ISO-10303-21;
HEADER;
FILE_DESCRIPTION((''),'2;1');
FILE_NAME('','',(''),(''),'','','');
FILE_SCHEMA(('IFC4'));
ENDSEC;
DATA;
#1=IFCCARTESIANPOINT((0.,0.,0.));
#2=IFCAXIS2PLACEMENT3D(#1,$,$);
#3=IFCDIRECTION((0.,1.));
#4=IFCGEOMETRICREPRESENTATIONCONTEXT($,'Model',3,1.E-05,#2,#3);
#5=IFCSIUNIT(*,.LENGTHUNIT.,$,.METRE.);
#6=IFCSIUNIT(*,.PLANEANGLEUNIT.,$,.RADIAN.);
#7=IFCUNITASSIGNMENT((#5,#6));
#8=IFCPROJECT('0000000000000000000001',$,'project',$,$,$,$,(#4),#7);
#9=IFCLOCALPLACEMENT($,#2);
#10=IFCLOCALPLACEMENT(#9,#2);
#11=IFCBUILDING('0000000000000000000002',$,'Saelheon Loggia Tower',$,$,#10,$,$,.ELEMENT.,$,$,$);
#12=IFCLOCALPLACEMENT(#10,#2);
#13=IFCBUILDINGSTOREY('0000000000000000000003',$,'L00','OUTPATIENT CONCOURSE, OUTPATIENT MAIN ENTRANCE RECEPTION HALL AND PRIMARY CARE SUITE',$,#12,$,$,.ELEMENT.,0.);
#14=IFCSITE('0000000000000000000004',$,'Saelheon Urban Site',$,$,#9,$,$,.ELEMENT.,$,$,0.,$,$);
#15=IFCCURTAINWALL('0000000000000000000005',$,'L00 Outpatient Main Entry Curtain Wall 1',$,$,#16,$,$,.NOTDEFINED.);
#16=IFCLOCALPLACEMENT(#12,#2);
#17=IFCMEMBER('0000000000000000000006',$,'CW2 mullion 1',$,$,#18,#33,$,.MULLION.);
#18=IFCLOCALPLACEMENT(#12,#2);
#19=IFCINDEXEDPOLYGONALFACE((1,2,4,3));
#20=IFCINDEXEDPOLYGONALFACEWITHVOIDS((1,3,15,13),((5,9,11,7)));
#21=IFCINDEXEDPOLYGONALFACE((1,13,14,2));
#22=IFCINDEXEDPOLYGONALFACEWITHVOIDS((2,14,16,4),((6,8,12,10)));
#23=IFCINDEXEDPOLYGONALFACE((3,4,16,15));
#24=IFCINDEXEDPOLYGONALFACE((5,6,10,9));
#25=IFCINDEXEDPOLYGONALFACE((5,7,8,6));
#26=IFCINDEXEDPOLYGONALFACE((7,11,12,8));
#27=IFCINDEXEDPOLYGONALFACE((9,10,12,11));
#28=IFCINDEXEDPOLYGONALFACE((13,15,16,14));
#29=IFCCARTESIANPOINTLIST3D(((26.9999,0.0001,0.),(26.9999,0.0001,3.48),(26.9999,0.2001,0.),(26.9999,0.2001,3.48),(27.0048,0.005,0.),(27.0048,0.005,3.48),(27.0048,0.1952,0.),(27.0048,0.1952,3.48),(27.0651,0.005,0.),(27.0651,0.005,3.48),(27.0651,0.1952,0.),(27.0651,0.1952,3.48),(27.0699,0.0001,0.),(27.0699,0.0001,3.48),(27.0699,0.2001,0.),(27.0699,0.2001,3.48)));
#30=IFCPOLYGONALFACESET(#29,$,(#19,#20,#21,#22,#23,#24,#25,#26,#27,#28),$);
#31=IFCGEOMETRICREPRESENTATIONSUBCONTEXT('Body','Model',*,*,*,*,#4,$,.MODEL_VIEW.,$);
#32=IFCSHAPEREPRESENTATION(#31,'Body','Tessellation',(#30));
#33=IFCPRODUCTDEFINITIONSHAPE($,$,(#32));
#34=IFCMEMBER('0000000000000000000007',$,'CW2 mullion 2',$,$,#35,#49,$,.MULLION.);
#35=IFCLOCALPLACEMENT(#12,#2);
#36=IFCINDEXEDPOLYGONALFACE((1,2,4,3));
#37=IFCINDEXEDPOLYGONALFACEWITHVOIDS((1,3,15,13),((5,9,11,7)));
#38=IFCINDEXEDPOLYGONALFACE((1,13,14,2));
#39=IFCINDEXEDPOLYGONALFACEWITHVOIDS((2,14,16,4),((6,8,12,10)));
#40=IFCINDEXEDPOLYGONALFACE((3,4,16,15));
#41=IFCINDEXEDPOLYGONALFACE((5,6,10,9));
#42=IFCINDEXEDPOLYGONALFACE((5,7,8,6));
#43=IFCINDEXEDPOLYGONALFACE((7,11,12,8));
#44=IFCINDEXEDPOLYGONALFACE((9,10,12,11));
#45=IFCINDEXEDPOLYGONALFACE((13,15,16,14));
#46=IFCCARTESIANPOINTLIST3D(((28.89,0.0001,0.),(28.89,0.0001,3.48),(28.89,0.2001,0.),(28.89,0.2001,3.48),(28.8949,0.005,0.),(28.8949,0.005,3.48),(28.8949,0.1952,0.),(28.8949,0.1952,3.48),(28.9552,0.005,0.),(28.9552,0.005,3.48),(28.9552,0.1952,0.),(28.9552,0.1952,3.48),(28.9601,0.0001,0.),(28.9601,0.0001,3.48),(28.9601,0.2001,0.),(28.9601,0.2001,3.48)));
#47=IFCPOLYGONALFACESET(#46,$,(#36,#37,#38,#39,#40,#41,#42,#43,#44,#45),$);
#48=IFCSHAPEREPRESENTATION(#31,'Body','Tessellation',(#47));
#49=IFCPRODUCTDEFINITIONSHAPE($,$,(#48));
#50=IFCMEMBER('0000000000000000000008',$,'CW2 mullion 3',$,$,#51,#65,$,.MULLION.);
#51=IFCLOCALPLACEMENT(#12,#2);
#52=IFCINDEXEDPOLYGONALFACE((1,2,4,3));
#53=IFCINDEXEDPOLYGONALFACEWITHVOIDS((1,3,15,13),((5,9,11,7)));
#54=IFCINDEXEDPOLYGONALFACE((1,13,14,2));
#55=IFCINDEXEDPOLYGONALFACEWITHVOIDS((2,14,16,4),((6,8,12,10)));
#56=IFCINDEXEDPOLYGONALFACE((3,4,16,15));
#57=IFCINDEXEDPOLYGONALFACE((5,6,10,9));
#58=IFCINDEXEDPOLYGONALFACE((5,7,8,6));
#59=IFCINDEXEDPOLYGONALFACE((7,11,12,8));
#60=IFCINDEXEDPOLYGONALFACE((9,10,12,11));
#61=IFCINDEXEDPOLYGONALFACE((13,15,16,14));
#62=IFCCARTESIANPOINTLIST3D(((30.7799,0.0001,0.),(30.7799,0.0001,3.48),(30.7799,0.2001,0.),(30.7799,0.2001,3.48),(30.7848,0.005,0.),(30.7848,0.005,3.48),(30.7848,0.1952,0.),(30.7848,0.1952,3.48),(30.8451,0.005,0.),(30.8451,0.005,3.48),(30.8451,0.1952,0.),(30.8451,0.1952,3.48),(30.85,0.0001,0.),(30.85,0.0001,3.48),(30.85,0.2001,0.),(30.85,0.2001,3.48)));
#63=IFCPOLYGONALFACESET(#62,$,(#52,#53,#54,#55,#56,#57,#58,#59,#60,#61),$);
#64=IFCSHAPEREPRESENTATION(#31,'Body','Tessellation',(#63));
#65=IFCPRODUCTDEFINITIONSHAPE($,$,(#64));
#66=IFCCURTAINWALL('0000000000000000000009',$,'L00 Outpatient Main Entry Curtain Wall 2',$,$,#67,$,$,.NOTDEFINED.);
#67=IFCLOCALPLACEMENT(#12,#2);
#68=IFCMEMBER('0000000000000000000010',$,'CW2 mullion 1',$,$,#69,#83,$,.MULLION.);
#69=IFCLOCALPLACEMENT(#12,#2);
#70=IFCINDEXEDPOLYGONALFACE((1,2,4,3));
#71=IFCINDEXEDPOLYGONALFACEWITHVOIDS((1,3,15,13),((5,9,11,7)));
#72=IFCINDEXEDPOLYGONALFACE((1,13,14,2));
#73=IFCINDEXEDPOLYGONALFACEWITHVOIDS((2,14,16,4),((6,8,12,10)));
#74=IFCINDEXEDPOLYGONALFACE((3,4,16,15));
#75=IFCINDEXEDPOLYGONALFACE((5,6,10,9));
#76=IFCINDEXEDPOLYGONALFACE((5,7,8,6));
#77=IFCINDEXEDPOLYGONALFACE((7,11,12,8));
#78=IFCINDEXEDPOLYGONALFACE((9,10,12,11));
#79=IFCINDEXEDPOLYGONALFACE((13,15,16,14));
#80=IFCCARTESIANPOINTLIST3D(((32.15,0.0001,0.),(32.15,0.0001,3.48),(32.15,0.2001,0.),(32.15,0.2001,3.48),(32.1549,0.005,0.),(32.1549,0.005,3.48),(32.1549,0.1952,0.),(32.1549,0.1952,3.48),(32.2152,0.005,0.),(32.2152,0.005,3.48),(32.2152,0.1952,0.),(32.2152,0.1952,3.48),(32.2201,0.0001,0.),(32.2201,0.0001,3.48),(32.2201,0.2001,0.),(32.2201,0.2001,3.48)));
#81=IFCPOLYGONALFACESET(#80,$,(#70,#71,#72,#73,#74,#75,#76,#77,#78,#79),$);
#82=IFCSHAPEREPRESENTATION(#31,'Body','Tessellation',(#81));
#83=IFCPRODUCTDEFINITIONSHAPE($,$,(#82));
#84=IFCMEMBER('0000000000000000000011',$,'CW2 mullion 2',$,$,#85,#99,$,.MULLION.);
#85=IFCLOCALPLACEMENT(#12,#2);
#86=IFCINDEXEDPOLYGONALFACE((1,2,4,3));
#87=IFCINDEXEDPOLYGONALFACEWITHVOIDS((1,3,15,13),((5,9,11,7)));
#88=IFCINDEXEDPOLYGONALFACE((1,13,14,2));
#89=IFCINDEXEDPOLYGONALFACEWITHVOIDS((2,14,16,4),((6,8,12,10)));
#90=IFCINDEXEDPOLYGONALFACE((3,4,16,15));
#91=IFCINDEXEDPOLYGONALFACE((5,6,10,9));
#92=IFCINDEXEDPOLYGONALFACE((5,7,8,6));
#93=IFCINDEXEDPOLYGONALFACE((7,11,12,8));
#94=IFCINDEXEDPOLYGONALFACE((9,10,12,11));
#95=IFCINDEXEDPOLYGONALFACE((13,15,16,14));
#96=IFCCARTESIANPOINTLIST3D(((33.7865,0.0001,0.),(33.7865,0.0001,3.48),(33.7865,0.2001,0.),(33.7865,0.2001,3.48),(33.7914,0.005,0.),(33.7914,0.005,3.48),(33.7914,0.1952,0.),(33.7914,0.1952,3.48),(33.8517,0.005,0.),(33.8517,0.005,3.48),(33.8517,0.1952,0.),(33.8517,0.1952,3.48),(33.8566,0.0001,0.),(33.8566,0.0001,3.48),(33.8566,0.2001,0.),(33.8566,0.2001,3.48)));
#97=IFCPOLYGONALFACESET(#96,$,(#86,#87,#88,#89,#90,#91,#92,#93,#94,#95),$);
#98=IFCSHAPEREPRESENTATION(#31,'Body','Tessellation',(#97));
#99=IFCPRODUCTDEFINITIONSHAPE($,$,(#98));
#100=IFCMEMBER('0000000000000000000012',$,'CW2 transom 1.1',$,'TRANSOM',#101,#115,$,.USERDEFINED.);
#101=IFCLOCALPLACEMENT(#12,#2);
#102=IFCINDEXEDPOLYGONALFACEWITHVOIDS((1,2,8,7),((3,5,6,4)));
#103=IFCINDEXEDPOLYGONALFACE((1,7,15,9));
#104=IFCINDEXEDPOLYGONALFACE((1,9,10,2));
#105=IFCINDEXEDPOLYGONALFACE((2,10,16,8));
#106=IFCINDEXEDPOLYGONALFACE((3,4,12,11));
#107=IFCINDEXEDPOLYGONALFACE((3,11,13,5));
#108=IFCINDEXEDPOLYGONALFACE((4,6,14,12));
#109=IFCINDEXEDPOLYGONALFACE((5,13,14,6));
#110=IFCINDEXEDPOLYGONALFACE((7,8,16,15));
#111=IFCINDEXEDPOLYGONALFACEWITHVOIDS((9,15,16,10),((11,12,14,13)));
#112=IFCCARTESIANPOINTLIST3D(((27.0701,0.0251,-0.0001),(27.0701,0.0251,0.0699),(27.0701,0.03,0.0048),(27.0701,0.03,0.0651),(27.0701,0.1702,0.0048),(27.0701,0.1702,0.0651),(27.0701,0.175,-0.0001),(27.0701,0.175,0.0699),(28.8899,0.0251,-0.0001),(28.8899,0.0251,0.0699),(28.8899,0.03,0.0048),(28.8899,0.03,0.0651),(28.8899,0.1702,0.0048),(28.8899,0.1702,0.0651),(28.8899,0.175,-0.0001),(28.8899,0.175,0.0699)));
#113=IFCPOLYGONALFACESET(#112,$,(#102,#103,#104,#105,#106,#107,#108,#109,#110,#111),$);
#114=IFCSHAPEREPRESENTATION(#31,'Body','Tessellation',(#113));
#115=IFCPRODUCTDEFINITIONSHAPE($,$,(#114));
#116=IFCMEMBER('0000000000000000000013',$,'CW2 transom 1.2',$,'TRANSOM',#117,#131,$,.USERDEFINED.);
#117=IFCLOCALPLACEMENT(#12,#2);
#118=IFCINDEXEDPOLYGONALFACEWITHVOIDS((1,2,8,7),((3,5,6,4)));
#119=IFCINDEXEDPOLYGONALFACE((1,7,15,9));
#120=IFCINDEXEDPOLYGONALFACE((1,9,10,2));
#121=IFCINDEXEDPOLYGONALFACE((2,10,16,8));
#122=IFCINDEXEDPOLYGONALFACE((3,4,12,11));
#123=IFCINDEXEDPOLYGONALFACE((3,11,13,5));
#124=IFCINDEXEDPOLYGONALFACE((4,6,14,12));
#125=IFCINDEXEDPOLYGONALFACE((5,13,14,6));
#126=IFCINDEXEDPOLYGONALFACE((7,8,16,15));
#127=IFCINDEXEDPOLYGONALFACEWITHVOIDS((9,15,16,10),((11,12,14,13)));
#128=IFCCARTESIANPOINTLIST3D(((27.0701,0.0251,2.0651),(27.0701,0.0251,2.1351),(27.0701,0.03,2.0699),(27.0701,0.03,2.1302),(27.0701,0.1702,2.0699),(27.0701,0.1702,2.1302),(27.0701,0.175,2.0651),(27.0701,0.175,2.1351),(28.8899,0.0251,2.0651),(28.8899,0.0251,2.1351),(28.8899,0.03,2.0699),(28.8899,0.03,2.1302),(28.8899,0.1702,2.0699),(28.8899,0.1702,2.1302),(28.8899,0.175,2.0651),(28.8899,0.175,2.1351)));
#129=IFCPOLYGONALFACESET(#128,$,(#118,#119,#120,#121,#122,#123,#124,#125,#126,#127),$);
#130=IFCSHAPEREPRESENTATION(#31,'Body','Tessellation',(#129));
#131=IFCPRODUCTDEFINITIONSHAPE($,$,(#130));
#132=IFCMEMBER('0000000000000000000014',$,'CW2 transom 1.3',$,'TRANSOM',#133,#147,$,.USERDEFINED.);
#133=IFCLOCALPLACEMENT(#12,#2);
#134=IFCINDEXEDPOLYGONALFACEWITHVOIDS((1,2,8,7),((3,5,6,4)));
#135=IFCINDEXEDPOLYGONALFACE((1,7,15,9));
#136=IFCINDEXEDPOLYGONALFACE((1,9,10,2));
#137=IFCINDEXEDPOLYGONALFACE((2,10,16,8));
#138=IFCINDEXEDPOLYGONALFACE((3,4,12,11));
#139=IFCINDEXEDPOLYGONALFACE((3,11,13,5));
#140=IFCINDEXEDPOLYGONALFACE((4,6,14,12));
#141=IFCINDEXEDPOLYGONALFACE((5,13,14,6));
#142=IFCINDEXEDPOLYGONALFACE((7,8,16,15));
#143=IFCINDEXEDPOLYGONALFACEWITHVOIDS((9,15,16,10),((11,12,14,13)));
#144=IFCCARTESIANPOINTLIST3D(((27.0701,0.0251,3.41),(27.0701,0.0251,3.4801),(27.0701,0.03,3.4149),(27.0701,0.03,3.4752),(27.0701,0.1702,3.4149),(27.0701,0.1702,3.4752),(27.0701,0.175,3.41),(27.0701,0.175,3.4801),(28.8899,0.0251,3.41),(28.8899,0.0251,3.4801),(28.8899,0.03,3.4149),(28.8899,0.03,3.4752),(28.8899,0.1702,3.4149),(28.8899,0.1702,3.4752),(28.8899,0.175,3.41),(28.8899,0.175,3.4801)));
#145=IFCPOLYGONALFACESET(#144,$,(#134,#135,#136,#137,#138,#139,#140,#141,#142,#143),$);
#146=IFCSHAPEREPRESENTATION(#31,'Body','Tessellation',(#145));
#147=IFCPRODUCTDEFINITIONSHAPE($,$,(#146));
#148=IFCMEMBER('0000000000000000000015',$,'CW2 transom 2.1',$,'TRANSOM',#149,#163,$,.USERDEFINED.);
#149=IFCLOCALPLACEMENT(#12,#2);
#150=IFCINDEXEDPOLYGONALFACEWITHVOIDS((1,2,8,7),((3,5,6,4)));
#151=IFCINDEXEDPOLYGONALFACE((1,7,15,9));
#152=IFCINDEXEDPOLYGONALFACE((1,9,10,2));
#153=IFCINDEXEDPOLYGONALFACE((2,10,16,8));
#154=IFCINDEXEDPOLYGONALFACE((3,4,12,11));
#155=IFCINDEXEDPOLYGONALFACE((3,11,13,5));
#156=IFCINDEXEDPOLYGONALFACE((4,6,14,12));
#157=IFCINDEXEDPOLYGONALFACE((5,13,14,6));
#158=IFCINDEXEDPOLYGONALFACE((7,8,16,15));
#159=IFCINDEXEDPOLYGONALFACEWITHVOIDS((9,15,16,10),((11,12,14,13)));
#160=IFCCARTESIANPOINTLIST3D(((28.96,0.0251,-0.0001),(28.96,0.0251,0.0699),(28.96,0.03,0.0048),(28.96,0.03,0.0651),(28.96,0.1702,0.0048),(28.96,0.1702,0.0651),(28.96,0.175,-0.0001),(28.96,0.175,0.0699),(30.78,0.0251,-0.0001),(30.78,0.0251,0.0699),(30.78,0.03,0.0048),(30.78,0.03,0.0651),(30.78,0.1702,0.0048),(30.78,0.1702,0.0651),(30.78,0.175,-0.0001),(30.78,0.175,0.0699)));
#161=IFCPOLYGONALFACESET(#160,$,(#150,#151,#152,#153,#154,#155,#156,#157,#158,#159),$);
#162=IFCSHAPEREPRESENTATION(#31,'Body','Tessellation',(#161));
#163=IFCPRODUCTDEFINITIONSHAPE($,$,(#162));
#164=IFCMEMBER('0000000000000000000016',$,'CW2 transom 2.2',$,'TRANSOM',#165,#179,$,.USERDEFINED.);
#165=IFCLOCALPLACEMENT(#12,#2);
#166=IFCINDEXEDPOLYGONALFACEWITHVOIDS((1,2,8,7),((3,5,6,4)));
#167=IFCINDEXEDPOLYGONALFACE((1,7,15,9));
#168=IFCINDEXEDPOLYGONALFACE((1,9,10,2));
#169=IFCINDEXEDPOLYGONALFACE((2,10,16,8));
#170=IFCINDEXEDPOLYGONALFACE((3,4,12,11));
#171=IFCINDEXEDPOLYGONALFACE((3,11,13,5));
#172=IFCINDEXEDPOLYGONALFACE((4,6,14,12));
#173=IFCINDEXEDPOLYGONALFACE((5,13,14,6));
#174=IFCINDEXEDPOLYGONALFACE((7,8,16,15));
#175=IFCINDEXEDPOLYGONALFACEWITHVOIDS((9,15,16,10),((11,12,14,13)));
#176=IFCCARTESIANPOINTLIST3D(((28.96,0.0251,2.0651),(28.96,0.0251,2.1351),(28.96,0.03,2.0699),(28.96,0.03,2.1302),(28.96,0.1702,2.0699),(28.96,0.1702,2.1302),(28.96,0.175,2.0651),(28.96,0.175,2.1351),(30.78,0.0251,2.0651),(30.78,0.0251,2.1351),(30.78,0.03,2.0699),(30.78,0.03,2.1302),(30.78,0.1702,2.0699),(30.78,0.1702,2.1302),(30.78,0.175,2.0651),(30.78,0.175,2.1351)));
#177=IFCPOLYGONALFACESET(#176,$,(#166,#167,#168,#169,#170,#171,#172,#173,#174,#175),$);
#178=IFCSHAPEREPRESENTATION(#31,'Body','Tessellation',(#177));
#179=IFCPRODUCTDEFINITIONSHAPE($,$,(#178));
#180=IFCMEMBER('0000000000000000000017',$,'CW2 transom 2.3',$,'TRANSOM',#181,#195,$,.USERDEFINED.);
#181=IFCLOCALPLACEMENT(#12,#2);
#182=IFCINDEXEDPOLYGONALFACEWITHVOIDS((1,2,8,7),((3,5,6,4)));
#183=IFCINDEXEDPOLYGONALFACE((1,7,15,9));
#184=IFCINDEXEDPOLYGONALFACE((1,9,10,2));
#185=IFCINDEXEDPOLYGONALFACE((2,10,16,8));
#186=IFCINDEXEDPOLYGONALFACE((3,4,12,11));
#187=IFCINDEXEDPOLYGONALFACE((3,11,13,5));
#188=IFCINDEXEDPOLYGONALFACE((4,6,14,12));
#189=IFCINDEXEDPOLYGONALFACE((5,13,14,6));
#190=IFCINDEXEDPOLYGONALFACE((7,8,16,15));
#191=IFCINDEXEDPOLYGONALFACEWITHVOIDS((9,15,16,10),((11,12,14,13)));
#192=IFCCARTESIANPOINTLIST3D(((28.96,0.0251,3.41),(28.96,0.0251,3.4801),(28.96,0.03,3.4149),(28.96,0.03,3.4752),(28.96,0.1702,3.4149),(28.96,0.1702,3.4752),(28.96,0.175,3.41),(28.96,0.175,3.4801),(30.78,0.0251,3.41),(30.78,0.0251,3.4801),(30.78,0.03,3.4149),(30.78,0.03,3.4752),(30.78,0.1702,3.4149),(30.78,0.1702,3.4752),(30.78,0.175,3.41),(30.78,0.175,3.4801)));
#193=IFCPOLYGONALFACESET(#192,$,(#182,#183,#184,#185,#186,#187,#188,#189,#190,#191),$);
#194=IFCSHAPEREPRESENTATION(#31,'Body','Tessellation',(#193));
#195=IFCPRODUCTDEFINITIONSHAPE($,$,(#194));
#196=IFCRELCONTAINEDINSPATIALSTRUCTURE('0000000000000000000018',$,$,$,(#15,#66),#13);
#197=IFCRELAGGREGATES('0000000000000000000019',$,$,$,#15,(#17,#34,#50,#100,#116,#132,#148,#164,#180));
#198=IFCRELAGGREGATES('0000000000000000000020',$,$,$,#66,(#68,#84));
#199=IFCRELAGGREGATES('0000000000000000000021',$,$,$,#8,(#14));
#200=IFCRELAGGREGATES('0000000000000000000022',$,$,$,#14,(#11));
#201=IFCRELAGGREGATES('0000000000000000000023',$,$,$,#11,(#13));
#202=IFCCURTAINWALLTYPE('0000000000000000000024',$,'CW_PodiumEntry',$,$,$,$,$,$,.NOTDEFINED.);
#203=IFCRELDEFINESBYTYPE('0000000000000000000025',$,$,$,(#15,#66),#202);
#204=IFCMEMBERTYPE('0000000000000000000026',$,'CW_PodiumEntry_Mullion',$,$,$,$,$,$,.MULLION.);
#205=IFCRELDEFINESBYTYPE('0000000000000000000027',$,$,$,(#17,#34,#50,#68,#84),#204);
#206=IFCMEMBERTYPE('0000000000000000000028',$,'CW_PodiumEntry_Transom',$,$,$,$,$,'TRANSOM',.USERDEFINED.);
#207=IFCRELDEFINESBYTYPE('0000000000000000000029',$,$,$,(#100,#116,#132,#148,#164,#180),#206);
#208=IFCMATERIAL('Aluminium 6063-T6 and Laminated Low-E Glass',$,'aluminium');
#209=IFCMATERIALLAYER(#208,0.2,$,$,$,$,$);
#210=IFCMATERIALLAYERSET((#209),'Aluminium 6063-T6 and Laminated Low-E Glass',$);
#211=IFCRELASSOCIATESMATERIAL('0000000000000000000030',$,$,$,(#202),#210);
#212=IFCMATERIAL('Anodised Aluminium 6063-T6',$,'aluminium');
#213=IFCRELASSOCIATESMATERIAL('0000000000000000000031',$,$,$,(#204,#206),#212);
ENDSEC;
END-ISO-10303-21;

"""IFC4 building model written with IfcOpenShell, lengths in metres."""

from ifc_helpers import new_model, si_unit, direction, frame, origin, origin_2d, place, context, subcontext, project, spatial, hollow_rectangle, extrude, source, transform, mapped, material, layer, layer_set, material_profile, profile_set, type_object, element, aggregate, save


model = new_model("IFC4")

# Units and contexts
model_context = context("Model", 3, precision=1e-05, world=origin(), true_north=direction((0.0, 1.0)))
body_context = subcontext(model_context, "Body", "Model", "MODEL_VIEW")
ifc_project = project(units=[si_unit("LENGTHUNIT", "METRE"), si_unit("PLANEANGLEUNIT", "RADIAN")], contexts=[model_context])

# Site, building, storey
site_placement = place(None, origin())
site = spatial("IfcSite", under=ifc_project, at=site_placement, Name="Saelheon Urban Site", CompositionType="ELEMENT", RefElevation=0.0)
building_placement = place(site_placement, origin())
building = spatial("IfcBuilding", under=site, at=building_placement, Name="Saelheon Loggia Tower", CompositionType="ELEMENT")
storey_placement = place(building_placement, origin())
storey = spatial("IfcBuildingStorey", under=building, at=storey_placement, Name="L00", Description="OUTPATIENT CONCOURSE, OUTPATIENT MAIN ENTRANCE RECEPTION HALL AND PRIMARY CARE SUITE", CompositionType="ELEMENT", Elevation=0.0)

# Curtain walls, members
ifc_material_1 = material(Name="Aluminium 6063-T6 and Laminated Low-E Glass", Category="aluminium")
ifc_layer_1 = layer(ifc_material_1, 0.2)
ifc_layer_set_1 = layer_set([ifc_layer_1], Name="Aluminium 6063-T6 and Laminated Low-E Glass")
curtain_wall_type = type_object("IfcCurtainWallType", Name="CW_PodiumEntry", PredefinedType="NOTDEFINED", material=ifc_layer_set_1)
curtain_wall_1_placement = place(storey_placement, origin())
curtain_wall_1 = element("IfcCurtainWall", 1, at=curtain_wall_1_placement, inside=storey, type_object=curtain_wall_type, Name="L00 Outpatient Main Entry Curtain Wall 1", PredefinedType="NOTDEFINED")
ifc_material_2 = material(Name="Anodised Aluminium 6063-T6", Category="aluminium")
ifc_material_profile_1 = material_profile(ifc_material_2, hollow_rectangle(XDim=0.0701, YDim=0.2, WallThickness=0.0049, at=origin_2d()), Name="RHS-200x70x5")
ifc_profile_set_1 = profile_set([ifc_material_profile_1], Name="Anodised Aluminium 6063-T6")
member_type_1 = type_object("IfcMemberType", Name="CW_PodiumEntry_Mullion", PredefinedType="MULLION", material=ifc_profile_set_1)
shared_shape_1 = source(origin(), body_context, "Body", "SweptSolid", [
    extrude(hollow_rectangle(XDim=0.0701, YDim=0.2, WallThickness=0.0049, at=origin_2d()), origin(), (0.0, 0.0, 1.0), 3.48),
])
member_1_placement = place(storey_placement, frame((27.0349, 0.1001, 0.0), z_axis=(0.0, 0.0, 1.0), x_axis=(1.0, 0.0, 0.0)))
member_1 = element("IfcMember", 2, at=member_1_placement, type_object=member_type_1, Name="CW2 mullion 1", PredefinedType="MULLION", context=body_context, shape_type="MappedRepresentation", body=[
    mapped(shared_shape_1, transform((0.0, 0.0, 0.0), scale=1.0)),
])
member_2_placement = place(storey_placement, frame((28.925, 0.1001, 0.0), z_axis=(0.0, 0.0, 1.0), x_axis=(1.0, 0.0, 0.0)))
member_2 = element("IfcMember", 3, at=member_2_placement, type_object=member_type_1, Name="CW2 mullion 2", PredefinedType="MULLION", context=body_context, shape_type="MappedRepresentation", body=[
    mapped(shared_shape_1, transform((0.0, 0.0, 0.0), scale=1.0)),
])
member_3_placement = place(storey_placement, frame((30.8149, 0.1001, 0.0), z_axis=(0.0, 0.0, 1.0), x_axis=(1.0, 0.0, 0.0)))
member_3 = element("IfcMember", 4, at=member_3_placement, type_object=member_type_1, Name="CW2 mullion 3", PredefinedType="MULLION", context=body_context, shape_type="MappedRepresentation", body=[
    mapped(shared_shape_1, transform((0.0, 0.0, 0.0), scale=1.0)),
])
curtain_wall_2_placement = place(storey_placement, origin())
curtain_wall_2 = element("IfcCurtainWall", 5, at=curtain_wall_2_placement, inside=storey, type_object=curtain_wall_type, Name="L00 Outpatient Main Entry Curtain Wall 2", PredefinedType="NOTDEFINED")
member_4_placement = place(storey_placement, frame((32.1851, 0.1001, 0.0), z_axis=(0.0, 0.0, 1.0), x_axis=(1.0, 0.0, 0.0)))
member_4 = element("IfcMember", 6, at=member_4_placement, type_object=member_type_1, Name="CW2 mullion 1", PredefinedType="MULLION", context=body_context, shape_type="MappedRepresentation", body=[
    mapped(shared_shape_1, transform((0.0, 0.0, 0.0), scale=1.0)),
])
member_5_placement = place(storey_placement, frame((33.8215, 0.1001, 0.0), z_axis=(0.0, 0.0, 1.0), x_axis=(1.0, 0.0, 0.0)))
member_5 = element("IfcMember", 7, at=member_5_placement, type_object=member_type_1, Name="CW2 mullion 2", PredefinedType="MULLION", context=body_context, shape_type="MappedRepresentation", body=[
    mapped(shared_shape_1, transform((0.0, 0.0, 0.0), scale=1.0)),
])

# Members
ifc_material_profile_2 = material_profile(ifc_material_2, hollow_rectangle(XDim=0.0701, YDim=0.1499, WallThickness=0.0049, at=origin_2d()), Name="RHS-150x70x5")
ifc_profile_set_2 = profile_set([ifc_material_profile_2], Name="Anodised Aluminium 6063-T6")
member_type_2 = type_object("IfcMemberType", Name="CW_PodiumEntry_Transom", ElementType="TRANSOM", PredefinedType="USERDEFINED", material=ifc_profile_set_2)
shared_shape_2 = source(origin(), body_context, "Body", "SweptSolid", [
    extrude(hollow_rectangle(XDim=0.0701, YDim=0.1499, WallThickness=0.0049, at=origin_2d()), origin(), (0.0, 0.0, 1.0), 1.8198),
])
member_6_placement = place(storey_placement, frame((27.0701, 0.1001, 0.0349), z_axis=(1.0, 0.0, 0.0), x_axis=(0.0, 0.0, 1.0)))
member_6 = element("IfcMember", 8, at=member_6_placement, type_object=member_type_2, Name="CW2 transom 1.1", ObjectType="TRANSOM", PredefinedType="USERDEFINED", context=body_context, shape_type="MappedRepresentation", body=[
    mapped(shared_shape_2, transform((0.0, 0.0, 0.0), scale=1.0)),
])
member_7_placement = place(storey_placement, frame((27.0701, 0.1001, 2.1001), z_axis=(1.0, 0.0, 0.0), x_axis=(0.0, 0.0, 1.0)))
member_7 = element("IfcMember", 9, at=member_7_placement, type_object=member_type_2, Name="CW2 transom 1.2", ObjectType="TRANSOM", PredefinedType="USERDEFINED", context=body_context, shape_type="MappedRepresentation", body=[
    mapped(shared_shape_2, transform((0.0, 0.0, 0.0), scale=1.0)),
])
member_8_placement = place(storey_placement, frame((27.0701, 0.1001, 3.4451), z_axis=(1.0, 0.0, 0.0), x_axis=(0.0, 0.0, 1.0)))
member_8 = element("IfcMember", 10, at=member_8_placement, type_object=member_type_2, Name="CW2 transom 1.3", ObjectType="TRANSOM", PredefinedType="USERDEFINED", context=body_context, shape_type="MappedRepresentation", body=[
    mapped(shared_shape_2, transform((0.0, 0.0, 0.0), scale=1.0)),
])
shared_shape_3 = source(origin(), body_context, "Body", "SweptSolid", [
    extrude(hollow_rectangle(XDim=0.0701, YDim=0.1499, WallThickness=0.0049, at=origin_2d()), origin(), (0.0, 0.0, 1.0), 1.8201),
])
member_9_placement = place(storey_placement, frame((28.96, 0.1001, 0.0349), z_axis=(1.0, 0.0, 0.0), x_axis=(0.0, 0.0, 1.0)))
member_9 = element("IfcMember", 11, at=member_9_placement, type_object=member_type_2, Name="CW2 transom 2.1", ObjectType="TRANSOM", PredefinedType="USERDEFINED", context=body_context, shape_type="MappedRepresentation", body=[
    mapped(shared_shape_3, transform((0.0, 0.0, 0.0), scale=1.0)),
])
member_10_placement = place(storey_placement, frame((28.96, 0.1001, 2.1001), z_axis=(1.0, 0.0, 0.0), x_axis=(0.0, 0.0, 1.0)))
member_10 = element("IfcMember", 12, at=member_10_placement, type_object=member_type_2, Name="CW2 transom 2.2", ObjectType="TRANSOM", PredefinedType="USERDEFINED", context=body_context, shape_type="MappedRepresentation", body=[
    mapped(shared_shape_3, transform((0.0, 0.0, 0.0), scale=1.0)),
])
member_11_placement = place(storey_placement, frame((28.96, 0.1001, 3.4451), z_axis=(1.0, 0.0, 0.0), x_axis=(0.0, 0.0, 1.0)))
member_11 = element("IfcMember", 13, at=member_11_placement, type_object=member_type_2, Name="CW2 transom 2.3", ObjectType="TRANSOM", PredefinedType="USERDEFINED", context=body_context, shape_type="MappedRepresentation", body=[
    mapped(shared_shape_3, transform((0.0, 0.0, 0.0), scale=1.0)),
])

aggregate(curtain_wall_1, [member_1, member_2, member_3, member_6, member_7, member_8, member_9, member_10, member_11])
aggregate(curtain_wall_2, [member_4, member_5])

save(model, "model.ifc")
